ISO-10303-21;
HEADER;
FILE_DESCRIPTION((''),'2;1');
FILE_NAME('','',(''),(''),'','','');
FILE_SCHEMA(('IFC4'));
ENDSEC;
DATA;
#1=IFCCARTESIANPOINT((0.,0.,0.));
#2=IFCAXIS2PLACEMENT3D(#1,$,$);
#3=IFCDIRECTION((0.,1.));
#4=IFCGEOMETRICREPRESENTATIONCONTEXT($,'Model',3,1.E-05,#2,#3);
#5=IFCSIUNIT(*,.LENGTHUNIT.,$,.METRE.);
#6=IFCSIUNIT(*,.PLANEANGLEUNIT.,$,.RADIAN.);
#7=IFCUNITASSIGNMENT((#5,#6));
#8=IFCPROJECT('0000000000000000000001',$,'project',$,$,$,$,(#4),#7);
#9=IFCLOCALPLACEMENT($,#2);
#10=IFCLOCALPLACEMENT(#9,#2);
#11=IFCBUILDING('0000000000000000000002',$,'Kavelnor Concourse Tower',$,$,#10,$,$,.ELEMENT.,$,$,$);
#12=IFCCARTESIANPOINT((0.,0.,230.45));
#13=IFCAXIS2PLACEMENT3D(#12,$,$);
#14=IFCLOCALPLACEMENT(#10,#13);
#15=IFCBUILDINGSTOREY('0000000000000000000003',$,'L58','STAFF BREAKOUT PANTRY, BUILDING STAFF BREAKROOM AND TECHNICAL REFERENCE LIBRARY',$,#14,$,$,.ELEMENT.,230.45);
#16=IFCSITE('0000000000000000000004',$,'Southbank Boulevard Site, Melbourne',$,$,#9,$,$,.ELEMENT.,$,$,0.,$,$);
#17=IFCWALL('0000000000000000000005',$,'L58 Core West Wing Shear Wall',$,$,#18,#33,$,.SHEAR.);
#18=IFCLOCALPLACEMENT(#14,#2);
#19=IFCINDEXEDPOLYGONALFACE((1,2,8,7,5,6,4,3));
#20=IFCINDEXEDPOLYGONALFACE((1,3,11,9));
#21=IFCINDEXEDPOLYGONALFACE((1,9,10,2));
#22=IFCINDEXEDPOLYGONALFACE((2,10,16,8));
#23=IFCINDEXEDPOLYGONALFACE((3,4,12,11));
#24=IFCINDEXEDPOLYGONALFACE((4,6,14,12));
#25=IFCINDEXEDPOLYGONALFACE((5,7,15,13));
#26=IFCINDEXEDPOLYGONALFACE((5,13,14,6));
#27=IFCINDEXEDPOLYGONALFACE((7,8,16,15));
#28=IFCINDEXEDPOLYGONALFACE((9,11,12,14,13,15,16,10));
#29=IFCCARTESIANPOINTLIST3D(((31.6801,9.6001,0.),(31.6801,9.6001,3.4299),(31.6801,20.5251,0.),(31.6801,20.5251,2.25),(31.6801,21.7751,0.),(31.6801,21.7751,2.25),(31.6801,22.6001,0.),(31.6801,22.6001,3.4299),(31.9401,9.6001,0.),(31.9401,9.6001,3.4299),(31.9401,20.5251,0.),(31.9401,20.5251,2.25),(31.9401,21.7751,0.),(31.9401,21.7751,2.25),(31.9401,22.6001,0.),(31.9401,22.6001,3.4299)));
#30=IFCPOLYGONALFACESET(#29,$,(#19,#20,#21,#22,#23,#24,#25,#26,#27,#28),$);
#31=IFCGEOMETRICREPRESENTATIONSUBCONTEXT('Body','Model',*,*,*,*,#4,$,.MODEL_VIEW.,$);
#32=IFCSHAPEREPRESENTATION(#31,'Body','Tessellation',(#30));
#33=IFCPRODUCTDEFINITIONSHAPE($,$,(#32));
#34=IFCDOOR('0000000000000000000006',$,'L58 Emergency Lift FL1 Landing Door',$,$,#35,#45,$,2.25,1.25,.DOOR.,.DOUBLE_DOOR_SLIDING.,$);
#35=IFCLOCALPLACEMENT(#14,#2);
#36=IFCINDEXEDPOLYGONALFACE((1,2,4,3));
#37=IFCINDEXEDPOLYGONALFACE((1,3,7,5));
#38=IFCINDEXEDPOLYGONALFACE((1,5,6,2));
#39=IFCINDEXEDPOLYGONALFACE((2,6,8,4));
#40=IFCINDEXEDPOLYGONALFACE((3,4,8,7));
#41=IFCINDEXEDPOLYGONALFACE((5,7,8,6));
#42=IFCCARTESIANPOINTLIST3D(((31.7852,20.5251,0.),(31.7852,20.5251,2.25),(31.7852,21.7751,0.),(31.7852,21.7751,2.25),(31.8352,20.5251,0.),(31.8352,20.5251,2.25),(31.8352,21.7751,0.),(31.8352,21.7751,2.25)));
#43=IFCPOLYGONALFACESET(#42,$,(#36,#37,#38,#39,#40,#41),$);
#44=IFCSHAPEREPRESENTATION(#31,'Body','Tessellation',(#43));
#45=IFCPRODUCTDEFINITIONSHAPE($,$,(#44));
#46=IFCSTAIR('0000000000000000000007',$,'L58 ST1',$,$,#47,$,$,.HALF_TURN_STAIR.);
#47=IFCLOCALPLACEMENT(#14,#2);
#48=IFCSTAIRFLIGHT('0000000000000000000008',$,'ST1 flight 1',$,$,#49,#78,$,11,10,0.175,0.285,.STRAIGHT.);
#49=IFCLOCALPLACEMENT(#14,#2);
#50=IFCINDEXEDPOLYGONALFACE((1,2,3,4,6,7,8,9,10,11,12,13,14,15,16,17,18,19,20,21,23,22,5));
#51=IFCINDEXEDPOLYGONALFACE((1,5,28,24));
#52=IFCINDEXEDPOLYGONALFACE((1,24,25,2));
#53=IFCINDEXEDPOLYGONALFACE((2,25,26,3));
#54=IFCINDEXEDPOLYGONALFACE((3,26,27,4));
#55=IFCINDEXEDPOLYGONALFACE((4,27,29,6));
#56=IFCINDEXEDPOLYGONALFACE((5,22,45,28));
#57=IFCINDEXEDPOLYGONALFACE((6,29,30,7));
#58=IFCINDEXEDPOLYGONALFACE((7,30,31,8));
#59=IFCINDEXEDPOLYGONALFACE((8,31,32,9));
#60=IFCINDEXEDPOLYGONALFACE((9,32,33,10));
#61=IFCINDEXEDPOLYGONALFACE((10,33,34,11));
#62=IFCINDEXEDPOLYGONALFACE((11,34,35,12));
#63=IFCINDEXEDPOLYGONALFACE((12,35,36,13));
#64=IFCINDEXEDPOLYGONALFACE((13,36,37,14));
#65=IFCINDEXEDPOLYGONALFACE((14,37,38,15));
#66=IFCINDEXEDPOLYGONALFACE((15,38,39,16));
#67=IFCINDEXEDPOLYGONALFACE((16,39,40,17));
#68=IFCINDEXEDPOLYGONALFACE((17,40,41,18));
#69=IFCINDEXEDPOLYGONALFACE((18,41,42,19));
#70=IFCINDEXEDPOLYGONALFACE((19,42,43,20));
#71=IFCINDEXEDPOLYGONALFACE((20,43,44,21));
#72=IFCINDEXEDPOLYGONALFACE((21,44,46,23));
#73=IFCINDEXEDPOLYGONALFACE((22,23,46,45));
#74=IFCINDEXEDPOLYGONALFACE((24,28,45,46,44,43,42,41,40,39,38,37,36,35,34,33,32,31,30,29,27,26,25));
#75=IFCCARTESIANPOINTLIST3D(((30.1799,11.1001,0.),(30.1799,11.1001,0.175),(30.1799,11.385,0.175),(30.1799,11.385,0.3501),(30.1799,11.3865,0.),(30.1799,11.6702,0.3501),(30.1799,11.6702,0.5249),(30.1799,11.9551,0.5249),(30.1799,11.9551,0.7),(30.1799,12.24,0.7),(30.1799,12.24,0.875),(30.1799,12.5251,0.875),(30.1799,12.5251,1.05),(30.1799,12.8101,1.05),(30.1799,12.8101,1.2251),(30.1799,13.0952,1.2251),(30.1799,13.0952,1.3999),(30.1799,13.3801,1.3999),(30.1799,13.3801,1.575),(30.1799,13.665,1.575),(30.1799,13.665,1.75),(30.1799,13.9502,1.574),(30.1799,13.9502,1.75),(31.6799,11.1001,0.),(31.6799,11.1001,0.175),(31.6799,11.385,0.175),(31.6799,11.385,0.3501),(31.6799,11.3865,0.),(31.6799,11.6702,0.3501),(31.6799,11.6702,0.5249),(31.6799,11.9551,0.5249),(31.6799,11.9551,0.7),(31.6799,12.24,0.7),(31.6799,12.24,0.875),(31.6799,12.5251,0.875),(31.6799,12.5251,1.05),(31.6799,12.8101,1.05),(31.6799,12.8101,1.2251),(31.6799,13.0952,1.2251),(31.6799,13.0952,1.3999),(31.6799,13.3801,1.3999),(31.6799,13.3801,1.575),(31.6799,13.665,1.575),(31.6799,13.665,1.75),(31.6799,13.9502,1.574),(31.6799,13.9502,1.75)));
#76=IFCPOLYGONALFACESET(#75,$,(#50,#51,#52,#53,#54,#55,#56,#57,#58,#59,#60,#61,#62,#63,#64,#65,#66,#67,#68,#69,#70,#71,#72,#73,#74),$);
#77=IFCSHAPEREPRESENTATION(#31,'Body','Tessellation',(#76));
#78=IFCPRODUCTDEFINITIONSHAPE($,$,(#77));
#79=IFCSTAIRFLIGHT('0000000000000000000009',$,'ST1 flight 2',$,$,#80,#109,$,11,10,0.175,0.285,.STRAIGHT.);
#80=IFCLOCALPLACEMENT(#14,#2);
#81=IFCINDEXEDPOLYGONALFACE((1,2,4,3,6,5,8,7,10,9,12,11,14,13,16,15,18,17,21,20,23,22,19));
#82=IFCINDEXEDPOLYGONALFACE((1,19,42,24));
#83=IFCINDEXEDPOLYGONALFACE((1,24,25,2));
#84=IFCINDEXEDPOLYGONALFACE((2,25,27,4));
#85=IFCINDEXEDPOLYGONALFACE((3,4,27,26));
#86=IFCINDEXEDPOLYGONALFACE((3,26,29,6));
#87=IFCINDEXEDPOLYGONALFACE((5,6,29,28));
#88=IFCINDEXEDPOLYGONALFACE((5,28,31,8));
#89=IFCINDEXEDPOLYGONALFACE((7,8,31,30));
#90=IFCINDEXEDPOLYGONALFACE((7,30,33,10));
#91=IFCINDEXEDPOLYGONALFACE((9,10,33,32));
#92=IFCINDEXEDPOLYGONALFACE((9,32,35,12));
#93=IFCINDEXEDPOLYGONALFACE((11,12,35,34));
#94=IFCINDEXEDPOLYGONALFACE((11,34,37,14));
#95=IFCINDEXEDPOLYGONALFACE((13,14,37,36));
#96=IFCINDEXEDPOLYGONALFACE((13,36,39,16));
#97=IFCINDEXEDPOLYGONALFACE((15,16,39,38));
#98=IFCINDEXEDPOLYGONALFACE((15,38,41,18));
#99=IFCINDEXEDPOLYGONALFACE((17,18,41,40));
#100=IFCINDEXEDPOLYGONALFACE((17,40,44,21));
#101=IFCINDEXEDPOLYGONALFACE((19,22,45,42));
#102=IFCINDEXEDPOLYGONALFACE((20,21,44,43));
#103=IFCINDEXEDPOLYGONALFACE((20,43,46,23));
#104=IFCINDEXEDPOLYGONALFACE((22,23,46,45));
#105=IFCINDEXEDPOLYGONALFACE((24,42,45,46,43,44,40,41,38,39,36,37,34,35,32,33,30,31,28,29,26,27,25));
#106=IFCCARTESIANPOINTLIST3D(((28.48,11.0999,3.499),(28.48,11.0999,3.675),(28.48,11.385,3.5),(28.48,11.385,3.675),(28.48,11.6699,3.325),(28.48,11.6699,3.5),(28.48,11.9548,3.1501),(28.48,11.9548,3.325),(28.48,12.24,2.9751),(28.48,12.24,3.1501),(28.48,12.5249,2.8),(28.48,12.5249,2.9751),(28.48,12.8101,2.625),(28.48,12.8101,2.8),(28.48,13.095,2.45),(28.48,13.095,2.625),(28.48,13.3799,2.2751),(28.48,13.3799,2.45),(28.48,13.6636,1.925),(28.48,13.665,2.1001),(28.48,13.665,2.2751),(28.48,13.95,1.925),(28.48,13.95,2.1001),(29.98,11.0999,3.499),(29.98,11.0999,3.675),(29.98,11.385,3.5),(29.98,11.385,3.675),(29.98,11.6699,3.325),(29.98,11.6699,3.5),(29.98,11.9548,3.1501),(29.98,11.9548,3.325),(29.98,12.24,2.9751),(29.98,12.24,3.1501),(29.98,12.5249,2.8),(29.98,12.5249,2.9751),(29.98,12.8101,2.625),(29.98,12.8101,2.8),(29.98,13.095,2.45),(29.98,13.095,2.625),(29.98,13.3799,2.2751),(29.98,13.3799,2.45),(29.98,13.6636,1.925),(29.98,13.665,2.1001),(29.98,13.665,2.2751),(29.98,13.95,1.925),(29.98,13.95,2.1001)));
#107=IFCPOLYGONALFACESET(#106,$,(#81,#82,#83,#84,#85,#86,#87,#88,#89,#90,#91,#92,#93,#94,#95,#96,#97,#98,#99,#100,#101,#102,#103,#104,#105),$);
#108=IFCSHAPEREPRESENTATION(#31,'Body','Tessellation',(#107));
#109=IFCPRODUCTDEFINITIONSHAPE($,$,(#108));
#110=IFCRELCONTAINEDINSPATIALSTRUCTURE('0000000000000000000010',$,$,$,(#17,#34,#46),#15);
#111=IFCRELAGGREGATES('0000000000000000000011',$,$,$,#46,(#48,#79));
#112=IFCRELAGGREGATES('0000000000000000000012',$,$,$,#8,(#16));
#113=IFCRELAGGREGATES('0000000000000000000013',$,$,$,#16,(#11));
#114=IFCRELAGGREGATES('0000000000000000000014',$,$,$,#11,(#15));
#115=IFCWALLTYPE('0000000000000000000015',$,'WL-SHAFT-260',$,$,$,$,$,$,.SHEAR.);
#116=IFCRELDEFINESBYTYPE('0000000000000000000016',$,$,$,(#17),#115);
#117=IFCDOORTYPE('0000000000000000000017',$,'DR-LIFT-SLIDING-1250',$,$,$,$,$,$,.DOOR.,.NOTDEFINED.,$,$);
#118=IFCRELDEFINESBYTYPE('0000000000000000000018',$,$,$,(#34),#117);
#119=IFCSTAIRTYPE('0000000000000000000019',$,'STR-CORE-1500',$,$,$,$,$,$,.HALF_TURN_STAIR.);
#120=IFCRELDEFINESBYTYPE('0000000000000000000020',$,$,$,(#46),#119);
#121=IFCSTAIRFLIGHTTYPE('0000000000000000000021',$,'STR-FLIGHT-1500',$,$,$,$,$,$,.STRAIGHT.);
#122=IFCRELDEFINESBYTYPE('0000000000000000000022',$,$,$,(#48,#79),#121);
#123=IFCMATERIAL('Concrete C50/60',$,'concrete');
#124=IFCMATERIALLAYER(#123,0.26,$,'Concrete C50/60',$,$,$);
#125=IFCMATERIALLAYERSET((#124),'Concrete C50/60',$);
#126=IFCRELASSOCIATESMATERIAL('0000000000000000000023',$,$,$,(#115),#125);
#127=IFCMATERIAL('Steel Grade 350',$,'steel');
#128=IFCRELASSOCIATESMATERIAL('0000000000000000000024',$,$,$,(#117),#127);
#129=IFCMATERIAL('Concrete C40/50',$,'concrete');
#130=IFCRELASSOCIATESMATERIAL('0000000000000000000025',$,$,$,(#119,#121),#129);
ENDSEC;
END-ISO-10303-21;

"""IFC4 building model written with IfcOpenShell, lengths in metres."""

from ifc_helpers import new_model, si_unit, direction, frame, frame_2d, origin, place, context, subcontext, project, spatial, polyline, rectangle, outline, extrude, material, layer, layer_set, type_object, element, fill, aggregate, save


model = new_model("IFC4")

# Units and contexts
model_context = context("Model", 3, precision=1e-05, world=origin(), true_north=direction((0.0, 1.0)))
body_context = subcontext(model_context, "Body", "Model", "MODEL_VIEW")
ifc_project = project(units=[si_unit("LENGTHUNIT", "METRE"), si_unit("PLANEANGLEUNIT", "RADIAN")], contexts=[model_context])

# Site, building, storey
site_placement = place(None, origin())
site = spatial("IfcSite", under=ifc_project, at=site_placement, Name="Southbank Boulevard Site, Melbourne", CompositionType="ELEMENT", RefElevation=0.0)
building_placement = place(site_placement, origin())
building = spatial("IfcBuilding", under=site, at=building_placement, Name="Kavelnor Concourse Tower", CompositionType="ELEMENT")
storey_placement = place(building_placement, frame((0.0, 0.0, 230.45)))
storey = spatial("IfcBuildingStorey", under=building, at=storey_placement, Name="L58", Description="STAFF BREAKOUT PANTRY, BUILDING STAFF BREAKROOM AND TECHNICAL REFERENCE LIBRARY", CompositionType="ELEMENT", Elevation=230.45)

# Shared definitions
ifc_material_1 = material(Name="Steel Grade 350", Category="steel")

# Shared definitions
ifc_material_2 = material(Name="Concrete C50/60", Category="concrete")

# Wall, opening, door
ifc_layer_1 = layer(ifc_material_2, 0.26, Name="Concrete C50/60")
ifc_layer_set_1 = layer_set([ifc_layer_1], Name="Concrete C50/60")
wall_type_1 = type_object("IfcWallType", Name="WL-SHAFT-260", PredefinedType="SHEAR", material=ifc_layer_set_1)
wall_1_placement = place(storey_placement, frame((31.8101, 9.6001, 0.0), z_axis=(0.0, 0.0, 1.0), x_axis=(0.0, 1.0, 0.0)))
wall_1 = element("IfcWall", 1, at=wall_1_placement, inside=storey, type_object=wall_type_1, Name="L58 Core West Wing Shear Wall", PredefinedType="SHEAR", context=body_context, shape_type="SweptSolid", body=[
    extrude(rectangle(XDim=13.0, YDim=0.26, at=frame_2d((6.5, 0.0))), origin(), (0.0, 0.0, 1.0), 3.4299),
])
opening_1_placement = place(wall_1_placement, frame((10.925, 0.0, 0.0)))
opening_1 = element("IfcOpeningElement", 2, at=opening_1_placement, cuts=wall_1, PredefinedType="OPENING", context=body_context, shape_type="SweptSolid", body=[
    extrude(rectangle(XDim=1.25, YDim=2.25, at=frame_2d((0.625, 1.125))), frame((0.0, 0.1401, 0.0), z_axis=(0.0, -1.0, 0.0), x_axis=(1.0, 0.0, 0.0)), (0.0, 0.0, 1.0), 0.28),
])
door_type_1 = type_object("IfcDoorType", Name="DR-LIFT-SLIDING-1250", OperationType="NOTDEFINED", PredefinedType="DOOR", material=ifc_material_1)
door_1_placement = place(opening_1_placement, origin())
door_1 = element("IfcDoor", 3, at=door_1_placement, inside=storey, type_object=door_type_1, Name="L58 Emergency Lift FL1 Landing Door", OperationType="DOUBLE_DOOR_SLIDING", OverallHeight=2.25, OverallWidth=1.25, PredefinedType="DOOR", context=body_context, shape_type="SweptSolid", body=[
    extrude(rectangle(XDim=1.25, YDim=2.25, at=frame_2d((0.625, 1.125))), frame((0.0, 0.0249, 0.0), z_axis=(0.0, -1.0, 0.0), x_axis=(1.0, 0.0, 0.0)), (0.0, 0.0, 1.0), 0.05),
])
fill(opening_1, door_1)

# Stair, stair flights
ifc_material_3 = material(Name="Concrete C40/50", Category="concrete")
stair_type = type_object("IfcStairType", Name="STR-CORE-1500", PredefinedType="HALF_TURN_STAIR", material=ifc_material_3)
stair_placement = place(storey_placement, origin())
stair = element("IfcStair", 4, at=stair_placement, inside=storey, type_object=stair_type, Name="L58 ST1", PredefinedType="HALF_TURN_STAIR")
stair_flight_type = type_object("IfcStairFlightType", Name="STR-FLIGHT-1500", PredefinedType="STRAIGHT", material=ifc_material_3)
stair_flight_1_placement = place(storey_placement, frame((30.9299, 11.1001, 0.0), z_axis=(0.0, 0.0, 1.0), x_axis=(0.0, 1.0, 0.0)))
stair_flight_1 = element("IfcStairFlight", 5, at=stair_flight_1_placement, type_object=stair_flight_type, Name="ST1 flight 1", NumberOfRisers=11, NumberOfTreads=10, PredefinedType="STRAIGHT", RiserHeight=0.175, TreadLength=0.285, context=body_context, shape_type="SweptSolid", body=[
    extrude(outline(polyline([(0.0, 0.0), (0.0, 0.175), (0.2849, 0.175), (0.2849, 0.3501), (0.5701, 0.3501), (0.5701, 0.5249), (0.855, 0.5249), (0.855, 0.7), (1.1399, 0.7), (1.1399, 0.875), (1.425, 0.875), (1.425, 1.05), (1.71, 1.05), (1.71, 1.2251), (1.9951, 1.2251), (1.9951, 1.3999), (2.28, 1.3999), (2.28, 1.575), (2.5649, 1.575), (2.5649, 1.75), (2.8501, 1.75), (2.8501, 1.925), (2.8501, 1.574), (0.2864, 0.0), (0.0, 0.0)])), frame((0.0, 0.75, 0.0), z_axis=(0.0, -1.0, 0.0), x_axis=(1.0, 0.0, 0.0)), (0.0, 0.0, 1.0), 1.5),
])
stair_flight_2_placement = place(storey_placement, frame((29.23, 13.95, 1.925), z_axis=(0.0, 0.0, 1.0), x_axis=(0.0, -1.0, 0.0)))
stair_flight_2 = element("IfcStairFlight", 6, at=stair_flight_2_placement, type_object=stair_flight_type, Name="ST1 flight 2", NumberOfRisers=11, NumberOfTreads=10, PredefinedType="STRAIGHT", RiserHeight=0.175, TreadLength=0.285, context=body_context, shape_type="SweptSolid", body=[
    extrude(outline(polyline([(0.0, 0.0), (0.0, 0.175), (0.2849, 0.175), (0.2849, 0.3501), (0.5701, 0.3501), (0.5701, 0.5249), (0.855, 0.5249), (0.855, 0.7), (1.1399, 0.7), (1.1399, 0.875), (1.425, 0.875), (1.425, 1.05), (1.71, 1.05), (1.71, 1.2251), (1.9951, 1.2251), (1.9951, 1.3999), (2.28, 1.3999), (2.28, 1.575), (2.5649, 1.575), (2.5649, 1.75), (2.8501, 1.75), (2.8501, 1.925), (2.8501, 1.574), (0.2864, 0.0), (0.0, 0.0)])), frame((0.0, 0.75, 0.0), z_axis=(0.0, -1.0, 0.0), x_axis=(1.0, 0.0, 0.0)), (0.0, 0.0, 1.0), 1.5),
])
aggregate(stair, [stair_flight_1, stair_flight_2])

save(model, "model.ifc")
